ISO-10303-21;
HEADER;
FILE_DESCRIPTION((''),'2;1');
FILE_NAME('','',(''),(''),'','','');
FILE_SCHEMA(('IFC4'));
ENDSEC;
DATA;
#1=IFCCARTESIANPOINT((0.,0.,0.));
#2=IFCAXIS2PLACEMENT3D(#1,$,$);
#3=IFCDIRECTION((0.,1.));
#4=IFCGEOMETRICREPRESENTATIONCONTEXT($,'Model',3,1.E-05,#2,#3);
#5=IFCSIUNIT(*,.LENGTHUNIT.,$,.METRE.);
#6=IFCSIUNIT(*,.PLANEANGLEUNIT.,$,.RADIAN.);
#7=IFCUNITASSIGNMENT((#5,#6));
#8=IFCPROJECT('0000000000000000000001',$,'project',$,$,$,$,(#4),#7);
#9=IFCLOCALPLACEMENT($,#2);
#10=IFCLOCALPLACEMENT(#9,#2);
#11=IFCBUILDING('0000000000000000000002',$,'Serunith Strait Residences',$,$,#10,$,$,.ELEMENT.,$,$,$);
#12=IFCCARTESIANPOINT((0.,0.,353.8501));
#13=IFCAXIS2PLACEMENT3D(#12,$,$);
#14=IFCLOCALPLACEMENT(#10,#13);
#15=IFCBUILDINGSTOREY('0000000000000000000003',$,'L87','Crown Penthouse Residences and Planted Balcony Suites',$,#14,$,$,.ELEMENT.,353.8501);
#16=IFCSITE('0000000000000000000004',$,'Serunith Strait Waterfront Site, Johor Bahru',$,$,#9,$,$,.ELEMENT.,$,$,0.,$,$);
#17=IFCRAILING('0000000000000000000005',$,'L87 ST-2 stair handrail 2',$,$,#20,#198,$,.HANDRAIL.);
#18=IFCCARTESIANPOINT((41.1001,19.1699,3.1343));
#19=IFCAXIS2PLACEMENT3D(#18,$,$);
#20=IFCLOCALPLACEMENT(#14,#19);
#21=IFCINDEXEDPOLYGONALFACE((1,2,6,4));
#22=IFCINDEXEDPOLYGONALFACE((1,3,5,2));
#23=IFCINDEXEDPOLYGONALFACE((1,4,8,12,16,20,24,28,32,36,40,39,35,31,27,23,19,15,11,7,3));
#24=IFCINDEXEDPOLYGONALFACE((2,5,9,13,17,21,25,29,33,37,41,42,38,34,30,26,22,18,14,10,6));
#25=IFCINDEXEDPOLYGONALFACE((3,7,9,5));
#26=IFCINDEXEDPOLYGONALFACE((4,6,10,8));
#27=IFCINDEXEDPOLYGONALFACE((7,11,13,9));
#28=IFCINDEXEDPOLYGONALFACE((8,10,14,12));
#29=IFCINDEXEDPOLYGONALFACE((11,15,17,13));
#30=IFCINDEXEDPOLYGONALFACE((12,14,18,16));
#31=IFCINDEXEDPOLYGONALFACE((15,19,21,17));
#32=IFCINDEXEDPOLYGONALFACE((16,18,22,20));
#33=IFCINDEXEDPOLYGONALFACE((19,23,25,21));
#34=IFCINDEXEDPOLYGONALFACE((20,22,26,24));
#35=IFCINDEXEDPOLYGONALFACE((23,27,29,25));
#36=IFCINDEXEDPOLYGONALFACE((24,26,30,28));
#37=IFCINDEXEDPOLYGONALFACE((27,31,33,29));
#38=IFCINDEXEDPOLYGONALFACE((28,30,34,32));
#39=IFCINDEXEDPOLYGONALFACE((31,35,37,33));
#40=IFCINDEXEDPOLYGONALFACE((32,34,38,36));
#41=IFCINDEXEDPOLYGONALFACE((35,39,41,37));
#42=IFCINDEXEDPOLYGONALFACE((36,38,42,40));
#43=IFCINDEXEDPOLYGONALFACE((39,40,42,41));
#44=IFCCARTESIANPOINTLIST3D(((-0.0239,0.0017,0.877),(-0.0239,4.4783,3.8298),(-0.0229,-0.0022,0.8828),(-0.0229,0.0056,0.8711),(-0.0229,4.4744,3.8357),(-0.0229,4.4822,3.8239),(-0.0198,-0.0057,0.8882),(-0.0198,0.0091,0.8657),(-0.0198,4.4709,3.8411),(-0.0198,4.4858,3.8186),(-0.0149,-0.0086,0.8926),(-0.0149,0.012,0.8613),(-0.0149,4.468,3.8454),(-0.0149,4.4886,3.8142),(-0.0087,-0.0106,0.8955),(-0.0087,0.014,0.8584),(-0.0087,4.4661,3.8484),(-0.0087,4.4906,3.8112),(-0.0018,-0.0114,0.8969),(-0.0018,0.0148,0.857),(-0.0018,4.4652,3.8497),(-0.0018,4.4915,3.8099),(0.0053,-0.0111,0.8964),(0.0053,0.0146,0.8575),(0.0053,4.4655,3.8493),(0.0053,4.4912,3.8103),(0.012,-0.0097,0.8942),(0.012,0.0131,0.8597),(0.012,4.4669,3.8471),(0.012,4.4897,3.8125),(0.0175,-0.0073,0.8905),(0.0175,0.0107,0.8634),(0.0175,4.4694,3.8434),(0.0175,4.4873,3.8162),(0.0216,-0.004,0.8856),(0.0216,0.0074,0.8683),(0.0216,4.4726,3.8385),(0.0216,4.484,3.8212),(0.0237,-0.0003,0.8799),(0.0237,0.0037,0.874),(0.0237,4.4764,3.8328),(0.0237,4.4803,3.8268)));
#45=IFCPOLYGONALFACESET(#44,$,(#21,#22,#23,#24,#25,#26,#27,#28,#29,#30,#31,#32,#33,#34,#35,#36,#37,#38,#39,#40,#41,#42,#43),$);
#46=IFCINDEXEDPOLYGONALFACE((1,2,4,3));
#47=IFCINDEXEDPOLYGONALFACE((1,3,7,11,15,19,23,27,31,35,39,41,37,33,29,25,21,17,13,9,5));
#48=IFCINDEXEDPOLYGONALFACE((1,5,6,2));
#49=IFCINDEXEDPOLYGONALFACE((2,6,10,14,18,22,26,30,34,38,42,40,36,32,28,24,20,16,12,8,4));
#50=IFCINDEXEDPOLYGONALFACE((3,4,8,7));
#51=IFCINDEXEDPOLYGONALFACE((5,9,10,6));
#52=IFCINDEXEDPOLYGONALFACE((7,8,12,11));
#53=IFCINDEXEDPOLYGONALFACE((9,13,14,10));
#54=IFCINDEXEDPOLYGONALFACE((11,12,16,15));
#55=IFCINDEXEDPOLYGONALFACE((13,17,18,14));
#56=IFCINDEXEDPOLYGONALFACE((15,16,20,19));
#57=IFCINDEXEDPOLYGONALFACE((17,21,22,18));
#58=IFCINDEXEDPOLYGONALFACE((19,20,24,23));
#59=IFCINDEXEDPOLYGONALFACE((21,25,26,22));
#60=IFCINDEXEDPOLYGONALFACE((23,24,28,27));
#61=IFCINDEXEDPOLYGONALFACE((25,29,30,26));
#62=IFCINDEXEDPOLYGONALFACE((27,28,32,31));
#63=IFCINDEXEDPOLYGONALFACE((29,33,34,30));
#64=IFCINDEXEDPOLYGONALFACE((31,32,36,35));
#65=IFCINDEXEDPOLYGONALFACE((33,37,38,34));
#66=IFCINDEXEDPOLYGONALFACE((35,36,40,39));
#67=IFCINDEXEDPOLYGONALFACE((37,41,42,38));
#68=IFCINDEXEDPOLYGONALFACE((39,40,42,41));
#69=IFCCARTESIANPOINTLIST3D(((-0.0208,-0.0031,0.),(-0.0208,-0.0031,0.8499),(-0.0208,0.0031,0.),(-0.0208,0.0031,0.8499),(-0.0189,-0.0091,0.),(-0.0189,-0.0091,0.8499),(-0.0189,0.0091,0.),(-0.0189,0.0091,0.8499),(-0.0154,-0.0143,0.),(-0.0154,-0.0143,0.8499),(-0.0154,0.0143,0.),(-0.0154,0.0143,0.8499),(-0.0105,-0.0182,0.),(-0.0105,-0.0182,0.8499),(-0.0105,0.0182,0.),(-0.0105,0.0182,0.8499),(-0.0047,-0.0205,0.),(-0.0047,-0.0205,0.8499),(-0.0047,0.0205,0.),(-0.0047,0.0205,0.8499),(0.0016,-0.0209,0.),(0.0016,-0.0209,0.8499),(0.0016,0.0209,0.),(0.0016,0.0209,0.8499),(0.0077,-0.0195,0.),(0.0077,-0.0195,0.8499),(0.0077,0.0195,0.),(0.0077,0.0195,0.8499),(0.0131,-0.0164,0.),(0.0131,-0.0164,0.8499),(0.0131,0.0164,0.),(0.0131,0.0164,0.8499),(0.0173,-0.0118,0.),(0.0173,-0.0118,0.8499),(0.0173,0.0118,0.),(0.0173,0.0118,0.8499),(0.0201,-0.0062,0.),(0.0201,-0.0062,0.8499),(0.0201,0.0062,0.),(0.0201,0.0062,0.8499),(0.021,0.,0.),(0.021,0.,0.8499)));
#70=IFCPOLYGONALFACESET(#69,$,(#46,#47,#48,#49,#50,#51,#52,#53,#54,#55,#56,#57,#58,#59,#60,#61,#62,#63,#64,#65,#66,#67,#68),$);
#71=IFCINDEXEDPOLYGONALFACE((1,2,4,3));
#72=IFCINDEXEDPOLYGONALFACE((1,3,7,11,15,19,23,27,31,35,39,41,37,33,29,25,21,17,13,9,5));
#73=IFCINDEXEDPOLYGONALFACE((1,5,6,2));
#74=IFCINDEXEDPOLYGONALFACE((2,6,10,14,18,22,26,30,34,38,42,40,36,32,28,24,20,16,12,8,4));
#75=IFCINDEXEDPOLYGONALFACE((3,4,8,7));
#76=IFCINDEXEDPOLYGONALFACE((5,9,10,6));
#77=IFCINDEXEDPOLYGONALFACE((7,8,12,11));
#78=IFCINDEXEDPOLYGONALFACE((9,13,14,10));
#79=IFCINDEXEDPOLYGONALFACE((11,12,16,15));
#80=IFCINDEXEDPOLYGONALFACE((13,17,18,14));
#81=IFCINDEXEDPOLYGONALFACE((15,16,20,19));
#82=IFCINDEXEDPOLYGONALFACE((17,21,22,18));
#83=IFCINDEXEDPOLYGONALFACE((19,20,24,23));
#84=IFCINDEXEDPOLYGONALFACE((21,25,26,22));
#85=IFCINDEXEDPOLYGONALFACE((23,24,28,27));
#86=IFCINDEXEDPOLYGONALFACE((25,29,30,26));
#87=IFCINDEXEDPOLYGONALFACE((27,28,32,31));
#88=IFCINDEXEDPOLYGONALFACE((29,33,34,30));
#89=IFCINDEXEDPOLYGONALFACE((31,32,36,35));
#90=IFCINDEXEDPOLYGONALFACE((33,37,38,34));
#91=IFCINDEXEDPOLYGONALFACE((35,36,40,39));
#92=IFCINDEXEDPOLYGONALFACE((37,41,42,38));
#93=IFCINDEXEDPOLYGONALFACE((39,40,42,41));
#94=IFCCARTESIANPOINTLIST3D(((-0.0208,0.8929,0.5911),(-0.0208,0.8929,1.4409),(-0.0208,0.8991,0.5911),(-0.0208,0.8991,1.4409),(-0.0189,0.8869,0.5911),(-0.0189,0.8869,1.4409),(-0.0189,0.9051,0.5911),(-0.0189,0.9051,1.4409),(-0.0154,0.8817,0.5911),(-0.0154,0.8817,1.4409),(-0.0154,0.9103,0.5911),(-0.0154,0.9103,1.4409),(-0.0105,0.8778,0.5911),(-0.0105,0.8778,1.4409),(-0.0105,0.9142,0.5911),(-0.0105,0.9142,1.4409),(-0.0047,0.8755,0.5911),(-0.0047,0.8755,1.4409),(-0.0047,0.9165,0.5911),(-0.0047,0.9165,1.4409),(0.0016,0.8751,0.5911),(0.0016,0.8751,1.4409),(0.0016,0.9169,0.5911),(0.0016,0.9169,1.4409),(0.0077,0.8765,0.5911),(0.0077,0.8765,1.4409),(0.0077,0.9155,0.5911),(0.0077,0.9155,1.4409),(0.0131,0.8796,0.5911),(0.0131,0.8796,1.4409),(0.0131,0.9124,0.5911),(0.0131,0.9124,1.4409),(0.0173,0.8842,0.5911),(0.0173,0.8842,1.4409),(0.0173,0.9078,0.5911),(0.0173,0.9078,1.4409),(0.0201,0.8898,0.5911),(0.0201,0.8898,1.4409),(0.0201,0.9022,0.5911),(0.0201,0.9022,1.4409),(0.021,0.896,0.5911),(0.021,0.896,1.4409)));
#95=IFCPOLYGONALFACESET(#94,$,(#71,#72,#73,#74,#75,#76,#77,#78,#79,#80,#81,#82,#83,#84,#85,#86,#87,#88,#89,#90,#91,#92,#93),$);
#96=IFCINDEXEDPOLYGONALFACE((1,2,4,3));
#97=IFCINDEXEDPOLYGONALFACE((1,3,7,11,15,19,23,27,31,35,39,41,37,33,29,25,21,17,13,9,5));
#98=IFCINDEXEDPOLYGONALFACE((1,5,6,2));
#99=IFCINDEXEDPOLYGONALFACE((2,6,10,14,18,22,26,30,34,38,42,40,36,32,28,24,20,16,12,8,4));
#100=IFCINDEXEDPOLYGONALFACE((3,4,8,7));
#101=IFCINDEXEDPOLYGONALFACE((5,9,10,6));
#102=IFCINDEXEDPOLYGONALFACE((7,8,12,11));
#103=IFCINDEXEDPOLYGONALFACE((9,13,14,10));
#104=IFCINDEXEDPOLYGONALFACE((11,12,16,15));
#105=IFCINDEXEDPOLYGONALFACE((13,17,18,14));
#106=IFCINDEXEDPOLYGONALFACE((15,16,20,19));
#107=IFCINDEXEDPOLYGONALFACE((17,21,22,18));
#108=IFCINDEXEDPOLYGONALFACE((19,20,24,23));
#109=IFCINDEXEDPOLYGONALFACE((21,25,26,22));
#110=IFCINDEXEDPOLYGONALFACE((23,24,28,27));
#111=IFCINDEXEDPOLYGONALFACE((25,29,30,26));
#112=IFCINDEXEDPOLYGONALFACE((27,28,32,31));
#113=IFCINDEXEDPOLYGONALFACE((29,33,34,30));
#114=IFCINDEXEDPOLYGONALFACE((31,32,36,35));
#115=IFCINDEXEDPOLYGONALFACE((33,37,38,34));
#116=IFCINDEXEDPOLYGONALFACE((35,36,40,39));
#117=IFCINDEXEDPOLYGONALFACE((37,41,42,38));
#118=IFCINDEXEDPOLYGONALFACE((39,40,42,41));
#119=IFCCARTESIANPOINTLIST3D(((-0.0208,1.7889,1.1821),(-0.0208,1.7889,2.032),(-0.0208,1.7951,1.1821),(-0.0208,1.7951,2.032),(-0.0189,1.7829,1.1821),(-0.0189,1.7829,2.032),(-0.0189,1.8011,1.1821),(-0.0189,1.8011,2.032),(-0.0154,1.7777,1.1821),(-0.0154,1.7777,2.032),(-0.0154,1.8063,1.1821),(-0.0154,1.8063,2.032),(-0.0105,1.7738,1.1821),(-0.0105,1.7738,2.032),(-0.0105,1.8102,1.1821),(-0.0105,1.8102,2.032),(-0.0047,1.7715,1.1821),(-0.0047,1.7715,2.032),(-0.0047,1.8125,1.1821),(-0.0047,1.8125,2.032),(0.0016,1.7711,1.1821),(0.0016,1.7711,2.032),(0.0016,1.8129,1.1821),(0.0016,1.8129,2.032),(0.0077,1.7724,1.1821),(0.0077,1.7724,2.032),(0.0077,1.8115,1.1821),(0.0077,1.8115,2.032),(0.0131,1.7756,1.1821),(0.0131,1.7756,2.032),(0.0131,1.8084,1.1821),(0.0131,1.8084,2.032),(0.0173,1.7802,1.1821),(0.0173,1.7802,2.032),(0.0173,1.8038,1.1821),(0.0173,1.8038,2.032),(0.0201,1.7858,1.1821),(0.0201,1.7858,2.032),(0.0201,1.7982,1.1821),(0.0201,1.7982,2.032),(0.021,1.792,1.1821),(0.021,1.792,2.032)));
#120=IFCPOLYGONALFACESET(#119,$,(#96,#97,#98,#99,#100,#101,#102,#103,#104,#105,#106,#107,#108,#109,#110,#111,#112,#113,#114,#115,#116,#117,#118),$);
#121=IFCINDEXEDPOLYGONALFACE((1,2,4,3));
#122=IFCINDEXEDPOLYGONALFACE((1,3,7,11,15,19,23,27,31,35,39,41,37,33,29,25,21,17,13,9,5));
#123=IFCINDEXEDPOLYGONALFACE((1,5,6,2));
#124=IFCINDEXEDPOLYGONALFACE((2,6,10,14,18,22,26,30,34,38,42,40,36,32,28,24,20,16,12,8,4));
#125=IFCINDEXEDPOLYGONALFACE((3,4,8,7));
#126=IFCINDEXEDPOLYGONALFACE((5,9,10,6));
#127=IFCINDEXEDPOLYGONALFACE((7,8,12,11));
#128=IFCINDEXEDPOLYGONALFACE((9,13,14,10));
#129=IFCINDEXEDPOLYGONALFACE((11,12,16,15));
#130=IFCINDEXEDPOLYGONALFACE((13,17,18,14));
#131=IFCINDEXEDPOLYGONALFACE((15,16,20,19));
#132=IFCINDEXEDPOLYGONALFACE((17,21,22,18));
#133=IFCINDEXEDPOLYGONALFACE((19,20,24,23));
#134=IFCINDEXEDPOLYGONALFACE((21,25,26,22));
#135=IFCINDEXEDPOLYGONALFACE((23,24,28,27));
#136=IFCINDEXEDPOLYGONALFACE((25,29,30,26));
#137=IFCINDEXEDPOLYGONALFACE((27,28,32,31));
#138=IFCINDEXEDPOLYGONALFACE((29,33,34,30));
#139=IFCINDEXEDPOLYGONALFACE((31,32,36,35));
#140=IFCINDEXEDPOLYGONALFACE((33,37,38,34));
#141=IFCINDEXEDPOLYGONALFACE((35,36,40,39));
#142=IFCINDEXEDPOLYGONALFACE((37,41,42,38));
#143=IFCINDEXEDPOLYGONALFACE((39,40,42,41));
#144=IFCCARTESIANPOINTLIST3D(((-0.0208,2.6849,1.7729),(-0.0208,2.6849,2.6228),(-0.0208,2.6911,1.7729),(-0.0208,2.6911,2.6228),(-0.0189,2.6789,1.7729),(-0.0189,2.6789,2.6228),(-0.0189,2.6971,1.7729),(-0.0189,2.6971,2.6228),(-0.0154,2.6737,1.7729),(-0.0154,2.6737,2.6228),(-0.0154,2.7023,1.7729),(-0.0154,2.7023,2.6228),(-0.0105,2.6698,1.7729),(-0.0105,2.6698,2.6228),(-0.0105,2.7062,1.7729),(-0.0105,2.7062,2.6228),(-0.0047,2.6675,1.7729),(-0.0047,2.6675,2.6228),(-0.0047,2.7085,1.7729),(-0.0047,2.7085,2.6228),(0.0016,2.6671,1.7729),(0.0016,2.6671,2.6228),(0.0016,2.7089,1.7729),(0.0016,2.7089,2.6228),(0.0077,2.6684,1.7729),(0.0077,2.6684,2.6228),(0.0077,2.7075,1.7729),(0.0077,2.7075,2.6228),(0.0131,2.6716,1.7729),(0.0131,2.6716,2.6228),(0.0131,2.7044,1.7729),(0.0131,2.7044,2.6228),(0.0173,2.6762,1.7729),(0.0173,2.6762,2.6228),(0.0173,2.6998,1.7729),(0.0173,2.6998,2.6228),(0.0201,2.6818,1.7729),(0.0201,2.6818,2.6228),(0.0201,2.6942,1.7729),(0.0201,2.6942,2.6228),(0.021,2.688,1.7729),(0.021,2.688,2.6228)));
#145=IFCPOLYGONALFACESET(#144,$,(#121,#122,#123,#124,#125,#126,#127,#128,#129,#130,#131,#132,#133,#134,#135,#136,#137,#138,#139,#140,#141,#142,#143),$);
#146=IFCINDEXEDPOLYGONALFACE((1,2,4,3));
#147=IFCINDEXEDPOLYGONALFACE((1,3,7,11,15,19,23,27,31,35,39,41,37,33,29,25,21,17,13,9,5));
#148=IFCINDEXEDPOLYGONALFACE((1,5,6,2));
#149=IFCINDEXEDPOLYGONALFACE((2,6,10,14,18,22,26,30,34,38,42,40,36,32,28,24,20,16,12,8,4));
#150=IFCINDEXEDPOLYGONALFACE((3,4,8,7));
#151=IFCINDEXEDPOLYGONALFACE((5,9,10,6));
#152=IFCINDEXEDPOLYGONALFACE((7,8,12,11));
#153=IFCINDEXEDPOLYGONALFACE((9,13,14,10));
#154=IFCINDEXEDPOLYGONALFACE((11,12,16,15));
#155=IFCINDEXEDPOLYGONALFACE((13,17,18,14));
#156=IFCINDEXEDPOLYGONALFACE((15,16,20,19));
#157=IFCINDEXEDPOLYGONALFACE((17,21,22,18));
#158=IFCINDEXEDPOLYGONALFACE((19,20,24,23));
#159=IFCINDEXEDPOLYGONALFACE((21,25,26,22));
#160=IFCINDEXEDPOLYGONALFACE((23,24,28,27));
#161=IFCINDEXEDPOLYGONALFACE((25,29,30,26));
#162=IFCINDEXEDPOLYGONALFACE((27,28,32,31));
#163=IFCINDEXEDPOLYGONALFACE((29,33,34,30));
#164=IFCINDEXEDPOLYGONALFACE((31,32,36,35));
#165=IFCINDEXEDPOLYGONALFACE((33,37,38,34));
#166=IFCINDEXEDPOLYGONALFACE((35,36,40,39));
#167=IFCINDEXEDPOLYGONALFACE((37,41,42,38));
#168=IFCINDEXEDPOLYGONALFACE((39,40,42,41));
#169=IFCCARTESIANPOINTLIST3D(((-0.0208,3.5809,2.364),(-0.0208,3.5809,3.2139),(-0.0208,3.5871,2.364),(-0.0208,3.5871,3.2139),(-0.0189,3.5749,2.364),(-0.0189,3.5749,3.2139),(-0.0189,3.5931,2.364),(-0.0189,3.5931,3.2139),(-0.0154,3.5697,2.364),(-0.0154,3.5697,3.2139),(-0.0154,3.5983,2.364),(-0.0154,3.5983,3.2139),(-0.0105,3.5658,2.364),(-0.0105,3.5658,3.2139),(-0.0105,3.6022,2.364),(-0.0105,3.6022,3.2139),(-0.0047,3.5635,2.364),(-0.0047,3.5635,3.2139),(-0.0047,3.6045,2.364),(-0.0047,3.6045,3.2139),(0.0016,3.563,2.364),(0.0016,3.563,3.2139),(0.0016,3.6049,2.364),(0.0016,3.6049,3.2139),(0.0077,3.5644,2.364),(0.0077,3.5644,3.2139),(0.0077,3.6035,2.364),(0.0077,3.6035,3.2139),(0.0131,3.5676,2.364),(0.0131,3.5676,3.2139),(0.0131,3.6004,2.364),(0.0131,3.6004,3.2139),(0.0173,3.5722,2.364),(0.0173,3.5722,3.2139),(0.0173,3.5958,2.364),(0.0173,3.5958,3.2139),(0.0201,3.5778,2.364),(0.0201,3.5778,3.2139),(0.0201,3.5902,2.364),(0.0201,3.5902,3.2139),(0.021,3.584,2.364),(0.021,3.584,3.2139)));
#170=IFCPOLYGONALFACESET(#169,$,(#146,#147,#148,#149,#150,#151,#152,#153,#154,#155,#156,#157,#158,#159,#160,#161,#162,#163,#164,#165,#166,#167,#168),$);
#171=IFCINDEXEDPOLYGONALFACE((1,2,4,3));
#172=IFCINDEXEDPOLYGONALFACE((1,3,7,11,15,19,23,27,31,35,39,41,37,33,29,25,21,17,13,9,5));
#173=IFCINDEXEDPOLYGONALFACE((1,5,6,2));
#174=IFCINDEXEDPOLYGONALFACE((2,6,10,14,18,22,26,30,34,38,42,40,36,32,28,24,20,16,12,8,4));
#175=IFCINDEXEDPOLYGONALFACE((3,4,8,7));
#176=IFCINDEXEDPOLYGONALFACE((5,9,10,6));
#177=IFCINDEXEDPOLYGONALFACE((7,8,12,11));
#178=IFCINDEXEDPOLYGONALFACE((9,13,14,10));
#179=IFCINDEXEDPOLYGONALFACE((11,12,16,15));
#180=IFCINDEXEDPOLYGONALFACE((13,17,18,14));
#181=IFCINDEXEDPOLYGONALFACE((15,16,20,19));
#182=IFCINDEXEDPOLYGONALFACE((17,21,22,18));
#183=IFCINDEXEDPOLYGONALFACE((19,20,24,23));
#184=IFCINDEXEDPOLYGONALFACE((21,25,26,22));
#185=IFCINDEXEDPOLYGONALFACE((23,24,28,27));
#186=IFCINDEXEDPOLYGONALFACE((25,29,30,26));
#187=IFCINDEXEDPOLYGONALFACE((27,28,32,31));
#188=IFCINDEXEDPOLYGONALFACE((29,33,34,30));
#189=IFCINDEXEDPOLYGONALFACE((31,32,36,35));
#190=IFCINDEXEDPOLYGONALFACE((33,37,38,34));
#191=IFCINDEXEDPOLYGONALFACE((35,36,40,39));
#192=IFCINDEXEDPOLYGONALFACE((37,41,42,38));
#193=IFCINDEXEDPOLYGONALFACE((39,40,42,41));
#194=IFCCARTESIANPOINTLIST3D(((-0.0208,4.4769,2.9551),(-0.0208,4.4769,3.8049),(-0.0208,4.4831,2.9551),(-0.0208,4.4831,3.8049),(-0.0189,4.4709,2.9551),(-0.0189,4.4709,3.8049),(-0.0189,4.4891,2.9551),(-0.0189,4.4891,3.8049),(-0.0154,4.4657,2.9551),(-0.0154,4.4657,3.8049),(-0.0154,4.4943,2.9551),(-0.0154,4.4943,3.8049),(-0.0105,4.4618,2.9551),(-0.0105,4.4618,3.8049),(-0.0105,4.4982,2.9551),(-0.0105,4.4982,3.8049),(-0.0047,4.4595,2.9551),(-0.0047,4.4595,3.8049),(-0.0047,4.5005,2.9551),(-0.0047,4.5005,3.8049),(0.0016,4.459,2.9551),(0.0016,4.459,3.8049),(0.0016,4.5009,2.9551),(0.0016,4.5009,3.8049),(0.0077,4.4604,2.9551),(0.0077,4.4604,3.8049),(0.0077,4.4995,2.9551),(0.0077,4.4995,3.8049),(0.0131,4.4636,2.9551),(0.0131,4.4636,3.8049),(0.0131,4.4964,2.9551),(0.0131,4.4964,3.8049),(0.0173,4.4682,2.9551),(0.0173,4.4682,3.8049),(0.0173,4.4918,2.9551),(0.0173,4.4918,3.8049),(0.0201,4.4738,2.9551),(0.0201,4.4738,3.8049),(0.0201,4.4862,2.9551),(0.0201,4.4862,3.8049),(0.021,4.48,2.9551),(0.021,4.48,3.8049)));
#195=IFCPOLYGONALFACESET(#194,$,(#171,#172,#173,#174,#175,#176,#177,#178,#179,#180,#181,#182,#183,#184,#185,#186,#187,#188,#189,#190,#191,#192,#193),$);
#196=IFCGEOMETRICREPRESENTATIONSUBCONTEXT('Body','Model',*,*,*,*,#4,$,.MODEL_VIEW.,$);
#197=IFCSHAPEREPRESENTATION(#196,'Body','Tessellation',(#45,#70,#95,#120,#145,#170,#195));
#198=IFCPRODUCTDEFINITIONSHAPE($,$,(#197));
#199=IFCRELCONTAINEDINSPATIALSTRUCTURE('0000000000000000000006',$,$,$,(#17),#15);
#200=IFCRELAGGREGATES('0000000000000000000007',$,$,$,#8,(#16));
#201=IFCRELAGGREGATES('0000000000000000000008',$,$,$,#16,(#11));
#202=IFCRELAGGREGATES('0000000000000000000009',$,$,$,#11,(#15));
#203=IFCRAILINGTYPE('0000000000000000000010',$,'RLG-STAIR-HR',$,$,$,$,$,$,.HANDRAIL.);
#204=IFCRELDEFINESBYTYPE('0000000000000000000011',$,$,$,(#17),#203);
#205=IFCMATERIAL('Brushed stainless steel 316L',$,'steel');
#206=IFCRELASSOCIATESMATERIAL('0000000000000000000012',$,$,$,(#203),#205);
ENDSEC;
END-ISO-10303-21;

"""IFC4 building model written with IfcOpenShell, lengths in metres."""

from ifc_helpers import new_model, si_unit, direction, frame, origin, origin_2d, place, context, subcontext, project, spatial, circle, extrude, material, type_object, element, save


model = new_model("IFC4")

# Units and contexts
model_context = context("Model", 3, precision=1e-05, world=origin(), true_north=direction((0.0, 1.0)))
body_context = subcontext(model_context, "Body", "Model", "MODEL_VIEW")
ifc_project = project(units=[si_unit("LENGTHUNIT", "METRE"), si_unit("PLANEANGLEUNIT", "RADIAN")], contexts=[model_context])

# Site, building, storey
site_placement = place(None, origin())
site = spatial("IfcSite", under=ifc_project, at=site_placement, Name="Serunith Strait Waterfront Site, Johor Bahru", CompositionType="ELEMENT", RefElevation=0.0)
building_placement = place(site_placement, origin())
building = spatial("IfcBuilding", under=site, at=building_placement, Name="Serunith Strait Residences", CompositionType="ELEMENT")
storey_placement = place(building_placement, frame((0.0, 0.0, 353.8501)))
storey = spatial("IfcBuildingStorey", under=building, at=storey_placement, Name="L87", Description="Crown Penthouse Residences and Planted Balcony Suites", CompositionType="ELEMENT", Elevation=353.8501)

# Railing
ifc_material_1 = material(Name="Brushed stainless steel 316L", Category="steel")
railing_type_1 = type_object("IfcRailingType", Name="RLG-STAIR-HR", PredefinedType="HANDRAIL", material=ifc_material_1)
railing_1_placement = place(storey_placement, frame((41.1001, 19.1699, 3.1343)))
element("IfcRailing", 1, at=railing_1_placement, inside=storey, type_object=railing_type_1, Name="L87 ST-2 stair handrail 2", PredefinedType="HANDRAIL", context=body_context, shape_type="SweptSolid", body=[
    extrude(circle(Radius=0.0239, at=origin_2d()), frame((0.0, 0.0017, 0.877), z_axis=(0.0, 0.834756, 0.55062), x_axis=(-1.0, 0.0, 0.0)), (0.0, 0.0, 1.0), 5.3628),
    extrude(circle(Radius=0.021, at=origin_2d()), origin(), (0.0, 0.0, 1.0), 0.8499),
    extrude(circle(Radius=0.021, at=origin_2d()), frame((0.0, 0.896, 0.5911)), (0.0, 0.0, 1.0), 0.8499),
    extrude(circle(Radius=0.021, at=origin_2d()), frame((0.0, 1.792, 1.1821)), (0.0, 0.0, 1.0), 0.8499),
    extrude(circle(Radius=0.021, at=origin_2d()), frame((0.0, 2.688, 1.7729)), (0.0, 0.0, 1.0), 0.8499),
    extrude(circle(Radius=0.021, at=origin_2d()), frame((0.0, 3.584, 2.364)), (0.0, 0.0, 1.0), 0.8499),
    extrude(circle(Radius=0.021, at=origin_2d()), frame((0.0, 4.48, 2.9551)), (0.0, 0.0, 1.0), 0.8499),
])

save(model, "model.ifc")
